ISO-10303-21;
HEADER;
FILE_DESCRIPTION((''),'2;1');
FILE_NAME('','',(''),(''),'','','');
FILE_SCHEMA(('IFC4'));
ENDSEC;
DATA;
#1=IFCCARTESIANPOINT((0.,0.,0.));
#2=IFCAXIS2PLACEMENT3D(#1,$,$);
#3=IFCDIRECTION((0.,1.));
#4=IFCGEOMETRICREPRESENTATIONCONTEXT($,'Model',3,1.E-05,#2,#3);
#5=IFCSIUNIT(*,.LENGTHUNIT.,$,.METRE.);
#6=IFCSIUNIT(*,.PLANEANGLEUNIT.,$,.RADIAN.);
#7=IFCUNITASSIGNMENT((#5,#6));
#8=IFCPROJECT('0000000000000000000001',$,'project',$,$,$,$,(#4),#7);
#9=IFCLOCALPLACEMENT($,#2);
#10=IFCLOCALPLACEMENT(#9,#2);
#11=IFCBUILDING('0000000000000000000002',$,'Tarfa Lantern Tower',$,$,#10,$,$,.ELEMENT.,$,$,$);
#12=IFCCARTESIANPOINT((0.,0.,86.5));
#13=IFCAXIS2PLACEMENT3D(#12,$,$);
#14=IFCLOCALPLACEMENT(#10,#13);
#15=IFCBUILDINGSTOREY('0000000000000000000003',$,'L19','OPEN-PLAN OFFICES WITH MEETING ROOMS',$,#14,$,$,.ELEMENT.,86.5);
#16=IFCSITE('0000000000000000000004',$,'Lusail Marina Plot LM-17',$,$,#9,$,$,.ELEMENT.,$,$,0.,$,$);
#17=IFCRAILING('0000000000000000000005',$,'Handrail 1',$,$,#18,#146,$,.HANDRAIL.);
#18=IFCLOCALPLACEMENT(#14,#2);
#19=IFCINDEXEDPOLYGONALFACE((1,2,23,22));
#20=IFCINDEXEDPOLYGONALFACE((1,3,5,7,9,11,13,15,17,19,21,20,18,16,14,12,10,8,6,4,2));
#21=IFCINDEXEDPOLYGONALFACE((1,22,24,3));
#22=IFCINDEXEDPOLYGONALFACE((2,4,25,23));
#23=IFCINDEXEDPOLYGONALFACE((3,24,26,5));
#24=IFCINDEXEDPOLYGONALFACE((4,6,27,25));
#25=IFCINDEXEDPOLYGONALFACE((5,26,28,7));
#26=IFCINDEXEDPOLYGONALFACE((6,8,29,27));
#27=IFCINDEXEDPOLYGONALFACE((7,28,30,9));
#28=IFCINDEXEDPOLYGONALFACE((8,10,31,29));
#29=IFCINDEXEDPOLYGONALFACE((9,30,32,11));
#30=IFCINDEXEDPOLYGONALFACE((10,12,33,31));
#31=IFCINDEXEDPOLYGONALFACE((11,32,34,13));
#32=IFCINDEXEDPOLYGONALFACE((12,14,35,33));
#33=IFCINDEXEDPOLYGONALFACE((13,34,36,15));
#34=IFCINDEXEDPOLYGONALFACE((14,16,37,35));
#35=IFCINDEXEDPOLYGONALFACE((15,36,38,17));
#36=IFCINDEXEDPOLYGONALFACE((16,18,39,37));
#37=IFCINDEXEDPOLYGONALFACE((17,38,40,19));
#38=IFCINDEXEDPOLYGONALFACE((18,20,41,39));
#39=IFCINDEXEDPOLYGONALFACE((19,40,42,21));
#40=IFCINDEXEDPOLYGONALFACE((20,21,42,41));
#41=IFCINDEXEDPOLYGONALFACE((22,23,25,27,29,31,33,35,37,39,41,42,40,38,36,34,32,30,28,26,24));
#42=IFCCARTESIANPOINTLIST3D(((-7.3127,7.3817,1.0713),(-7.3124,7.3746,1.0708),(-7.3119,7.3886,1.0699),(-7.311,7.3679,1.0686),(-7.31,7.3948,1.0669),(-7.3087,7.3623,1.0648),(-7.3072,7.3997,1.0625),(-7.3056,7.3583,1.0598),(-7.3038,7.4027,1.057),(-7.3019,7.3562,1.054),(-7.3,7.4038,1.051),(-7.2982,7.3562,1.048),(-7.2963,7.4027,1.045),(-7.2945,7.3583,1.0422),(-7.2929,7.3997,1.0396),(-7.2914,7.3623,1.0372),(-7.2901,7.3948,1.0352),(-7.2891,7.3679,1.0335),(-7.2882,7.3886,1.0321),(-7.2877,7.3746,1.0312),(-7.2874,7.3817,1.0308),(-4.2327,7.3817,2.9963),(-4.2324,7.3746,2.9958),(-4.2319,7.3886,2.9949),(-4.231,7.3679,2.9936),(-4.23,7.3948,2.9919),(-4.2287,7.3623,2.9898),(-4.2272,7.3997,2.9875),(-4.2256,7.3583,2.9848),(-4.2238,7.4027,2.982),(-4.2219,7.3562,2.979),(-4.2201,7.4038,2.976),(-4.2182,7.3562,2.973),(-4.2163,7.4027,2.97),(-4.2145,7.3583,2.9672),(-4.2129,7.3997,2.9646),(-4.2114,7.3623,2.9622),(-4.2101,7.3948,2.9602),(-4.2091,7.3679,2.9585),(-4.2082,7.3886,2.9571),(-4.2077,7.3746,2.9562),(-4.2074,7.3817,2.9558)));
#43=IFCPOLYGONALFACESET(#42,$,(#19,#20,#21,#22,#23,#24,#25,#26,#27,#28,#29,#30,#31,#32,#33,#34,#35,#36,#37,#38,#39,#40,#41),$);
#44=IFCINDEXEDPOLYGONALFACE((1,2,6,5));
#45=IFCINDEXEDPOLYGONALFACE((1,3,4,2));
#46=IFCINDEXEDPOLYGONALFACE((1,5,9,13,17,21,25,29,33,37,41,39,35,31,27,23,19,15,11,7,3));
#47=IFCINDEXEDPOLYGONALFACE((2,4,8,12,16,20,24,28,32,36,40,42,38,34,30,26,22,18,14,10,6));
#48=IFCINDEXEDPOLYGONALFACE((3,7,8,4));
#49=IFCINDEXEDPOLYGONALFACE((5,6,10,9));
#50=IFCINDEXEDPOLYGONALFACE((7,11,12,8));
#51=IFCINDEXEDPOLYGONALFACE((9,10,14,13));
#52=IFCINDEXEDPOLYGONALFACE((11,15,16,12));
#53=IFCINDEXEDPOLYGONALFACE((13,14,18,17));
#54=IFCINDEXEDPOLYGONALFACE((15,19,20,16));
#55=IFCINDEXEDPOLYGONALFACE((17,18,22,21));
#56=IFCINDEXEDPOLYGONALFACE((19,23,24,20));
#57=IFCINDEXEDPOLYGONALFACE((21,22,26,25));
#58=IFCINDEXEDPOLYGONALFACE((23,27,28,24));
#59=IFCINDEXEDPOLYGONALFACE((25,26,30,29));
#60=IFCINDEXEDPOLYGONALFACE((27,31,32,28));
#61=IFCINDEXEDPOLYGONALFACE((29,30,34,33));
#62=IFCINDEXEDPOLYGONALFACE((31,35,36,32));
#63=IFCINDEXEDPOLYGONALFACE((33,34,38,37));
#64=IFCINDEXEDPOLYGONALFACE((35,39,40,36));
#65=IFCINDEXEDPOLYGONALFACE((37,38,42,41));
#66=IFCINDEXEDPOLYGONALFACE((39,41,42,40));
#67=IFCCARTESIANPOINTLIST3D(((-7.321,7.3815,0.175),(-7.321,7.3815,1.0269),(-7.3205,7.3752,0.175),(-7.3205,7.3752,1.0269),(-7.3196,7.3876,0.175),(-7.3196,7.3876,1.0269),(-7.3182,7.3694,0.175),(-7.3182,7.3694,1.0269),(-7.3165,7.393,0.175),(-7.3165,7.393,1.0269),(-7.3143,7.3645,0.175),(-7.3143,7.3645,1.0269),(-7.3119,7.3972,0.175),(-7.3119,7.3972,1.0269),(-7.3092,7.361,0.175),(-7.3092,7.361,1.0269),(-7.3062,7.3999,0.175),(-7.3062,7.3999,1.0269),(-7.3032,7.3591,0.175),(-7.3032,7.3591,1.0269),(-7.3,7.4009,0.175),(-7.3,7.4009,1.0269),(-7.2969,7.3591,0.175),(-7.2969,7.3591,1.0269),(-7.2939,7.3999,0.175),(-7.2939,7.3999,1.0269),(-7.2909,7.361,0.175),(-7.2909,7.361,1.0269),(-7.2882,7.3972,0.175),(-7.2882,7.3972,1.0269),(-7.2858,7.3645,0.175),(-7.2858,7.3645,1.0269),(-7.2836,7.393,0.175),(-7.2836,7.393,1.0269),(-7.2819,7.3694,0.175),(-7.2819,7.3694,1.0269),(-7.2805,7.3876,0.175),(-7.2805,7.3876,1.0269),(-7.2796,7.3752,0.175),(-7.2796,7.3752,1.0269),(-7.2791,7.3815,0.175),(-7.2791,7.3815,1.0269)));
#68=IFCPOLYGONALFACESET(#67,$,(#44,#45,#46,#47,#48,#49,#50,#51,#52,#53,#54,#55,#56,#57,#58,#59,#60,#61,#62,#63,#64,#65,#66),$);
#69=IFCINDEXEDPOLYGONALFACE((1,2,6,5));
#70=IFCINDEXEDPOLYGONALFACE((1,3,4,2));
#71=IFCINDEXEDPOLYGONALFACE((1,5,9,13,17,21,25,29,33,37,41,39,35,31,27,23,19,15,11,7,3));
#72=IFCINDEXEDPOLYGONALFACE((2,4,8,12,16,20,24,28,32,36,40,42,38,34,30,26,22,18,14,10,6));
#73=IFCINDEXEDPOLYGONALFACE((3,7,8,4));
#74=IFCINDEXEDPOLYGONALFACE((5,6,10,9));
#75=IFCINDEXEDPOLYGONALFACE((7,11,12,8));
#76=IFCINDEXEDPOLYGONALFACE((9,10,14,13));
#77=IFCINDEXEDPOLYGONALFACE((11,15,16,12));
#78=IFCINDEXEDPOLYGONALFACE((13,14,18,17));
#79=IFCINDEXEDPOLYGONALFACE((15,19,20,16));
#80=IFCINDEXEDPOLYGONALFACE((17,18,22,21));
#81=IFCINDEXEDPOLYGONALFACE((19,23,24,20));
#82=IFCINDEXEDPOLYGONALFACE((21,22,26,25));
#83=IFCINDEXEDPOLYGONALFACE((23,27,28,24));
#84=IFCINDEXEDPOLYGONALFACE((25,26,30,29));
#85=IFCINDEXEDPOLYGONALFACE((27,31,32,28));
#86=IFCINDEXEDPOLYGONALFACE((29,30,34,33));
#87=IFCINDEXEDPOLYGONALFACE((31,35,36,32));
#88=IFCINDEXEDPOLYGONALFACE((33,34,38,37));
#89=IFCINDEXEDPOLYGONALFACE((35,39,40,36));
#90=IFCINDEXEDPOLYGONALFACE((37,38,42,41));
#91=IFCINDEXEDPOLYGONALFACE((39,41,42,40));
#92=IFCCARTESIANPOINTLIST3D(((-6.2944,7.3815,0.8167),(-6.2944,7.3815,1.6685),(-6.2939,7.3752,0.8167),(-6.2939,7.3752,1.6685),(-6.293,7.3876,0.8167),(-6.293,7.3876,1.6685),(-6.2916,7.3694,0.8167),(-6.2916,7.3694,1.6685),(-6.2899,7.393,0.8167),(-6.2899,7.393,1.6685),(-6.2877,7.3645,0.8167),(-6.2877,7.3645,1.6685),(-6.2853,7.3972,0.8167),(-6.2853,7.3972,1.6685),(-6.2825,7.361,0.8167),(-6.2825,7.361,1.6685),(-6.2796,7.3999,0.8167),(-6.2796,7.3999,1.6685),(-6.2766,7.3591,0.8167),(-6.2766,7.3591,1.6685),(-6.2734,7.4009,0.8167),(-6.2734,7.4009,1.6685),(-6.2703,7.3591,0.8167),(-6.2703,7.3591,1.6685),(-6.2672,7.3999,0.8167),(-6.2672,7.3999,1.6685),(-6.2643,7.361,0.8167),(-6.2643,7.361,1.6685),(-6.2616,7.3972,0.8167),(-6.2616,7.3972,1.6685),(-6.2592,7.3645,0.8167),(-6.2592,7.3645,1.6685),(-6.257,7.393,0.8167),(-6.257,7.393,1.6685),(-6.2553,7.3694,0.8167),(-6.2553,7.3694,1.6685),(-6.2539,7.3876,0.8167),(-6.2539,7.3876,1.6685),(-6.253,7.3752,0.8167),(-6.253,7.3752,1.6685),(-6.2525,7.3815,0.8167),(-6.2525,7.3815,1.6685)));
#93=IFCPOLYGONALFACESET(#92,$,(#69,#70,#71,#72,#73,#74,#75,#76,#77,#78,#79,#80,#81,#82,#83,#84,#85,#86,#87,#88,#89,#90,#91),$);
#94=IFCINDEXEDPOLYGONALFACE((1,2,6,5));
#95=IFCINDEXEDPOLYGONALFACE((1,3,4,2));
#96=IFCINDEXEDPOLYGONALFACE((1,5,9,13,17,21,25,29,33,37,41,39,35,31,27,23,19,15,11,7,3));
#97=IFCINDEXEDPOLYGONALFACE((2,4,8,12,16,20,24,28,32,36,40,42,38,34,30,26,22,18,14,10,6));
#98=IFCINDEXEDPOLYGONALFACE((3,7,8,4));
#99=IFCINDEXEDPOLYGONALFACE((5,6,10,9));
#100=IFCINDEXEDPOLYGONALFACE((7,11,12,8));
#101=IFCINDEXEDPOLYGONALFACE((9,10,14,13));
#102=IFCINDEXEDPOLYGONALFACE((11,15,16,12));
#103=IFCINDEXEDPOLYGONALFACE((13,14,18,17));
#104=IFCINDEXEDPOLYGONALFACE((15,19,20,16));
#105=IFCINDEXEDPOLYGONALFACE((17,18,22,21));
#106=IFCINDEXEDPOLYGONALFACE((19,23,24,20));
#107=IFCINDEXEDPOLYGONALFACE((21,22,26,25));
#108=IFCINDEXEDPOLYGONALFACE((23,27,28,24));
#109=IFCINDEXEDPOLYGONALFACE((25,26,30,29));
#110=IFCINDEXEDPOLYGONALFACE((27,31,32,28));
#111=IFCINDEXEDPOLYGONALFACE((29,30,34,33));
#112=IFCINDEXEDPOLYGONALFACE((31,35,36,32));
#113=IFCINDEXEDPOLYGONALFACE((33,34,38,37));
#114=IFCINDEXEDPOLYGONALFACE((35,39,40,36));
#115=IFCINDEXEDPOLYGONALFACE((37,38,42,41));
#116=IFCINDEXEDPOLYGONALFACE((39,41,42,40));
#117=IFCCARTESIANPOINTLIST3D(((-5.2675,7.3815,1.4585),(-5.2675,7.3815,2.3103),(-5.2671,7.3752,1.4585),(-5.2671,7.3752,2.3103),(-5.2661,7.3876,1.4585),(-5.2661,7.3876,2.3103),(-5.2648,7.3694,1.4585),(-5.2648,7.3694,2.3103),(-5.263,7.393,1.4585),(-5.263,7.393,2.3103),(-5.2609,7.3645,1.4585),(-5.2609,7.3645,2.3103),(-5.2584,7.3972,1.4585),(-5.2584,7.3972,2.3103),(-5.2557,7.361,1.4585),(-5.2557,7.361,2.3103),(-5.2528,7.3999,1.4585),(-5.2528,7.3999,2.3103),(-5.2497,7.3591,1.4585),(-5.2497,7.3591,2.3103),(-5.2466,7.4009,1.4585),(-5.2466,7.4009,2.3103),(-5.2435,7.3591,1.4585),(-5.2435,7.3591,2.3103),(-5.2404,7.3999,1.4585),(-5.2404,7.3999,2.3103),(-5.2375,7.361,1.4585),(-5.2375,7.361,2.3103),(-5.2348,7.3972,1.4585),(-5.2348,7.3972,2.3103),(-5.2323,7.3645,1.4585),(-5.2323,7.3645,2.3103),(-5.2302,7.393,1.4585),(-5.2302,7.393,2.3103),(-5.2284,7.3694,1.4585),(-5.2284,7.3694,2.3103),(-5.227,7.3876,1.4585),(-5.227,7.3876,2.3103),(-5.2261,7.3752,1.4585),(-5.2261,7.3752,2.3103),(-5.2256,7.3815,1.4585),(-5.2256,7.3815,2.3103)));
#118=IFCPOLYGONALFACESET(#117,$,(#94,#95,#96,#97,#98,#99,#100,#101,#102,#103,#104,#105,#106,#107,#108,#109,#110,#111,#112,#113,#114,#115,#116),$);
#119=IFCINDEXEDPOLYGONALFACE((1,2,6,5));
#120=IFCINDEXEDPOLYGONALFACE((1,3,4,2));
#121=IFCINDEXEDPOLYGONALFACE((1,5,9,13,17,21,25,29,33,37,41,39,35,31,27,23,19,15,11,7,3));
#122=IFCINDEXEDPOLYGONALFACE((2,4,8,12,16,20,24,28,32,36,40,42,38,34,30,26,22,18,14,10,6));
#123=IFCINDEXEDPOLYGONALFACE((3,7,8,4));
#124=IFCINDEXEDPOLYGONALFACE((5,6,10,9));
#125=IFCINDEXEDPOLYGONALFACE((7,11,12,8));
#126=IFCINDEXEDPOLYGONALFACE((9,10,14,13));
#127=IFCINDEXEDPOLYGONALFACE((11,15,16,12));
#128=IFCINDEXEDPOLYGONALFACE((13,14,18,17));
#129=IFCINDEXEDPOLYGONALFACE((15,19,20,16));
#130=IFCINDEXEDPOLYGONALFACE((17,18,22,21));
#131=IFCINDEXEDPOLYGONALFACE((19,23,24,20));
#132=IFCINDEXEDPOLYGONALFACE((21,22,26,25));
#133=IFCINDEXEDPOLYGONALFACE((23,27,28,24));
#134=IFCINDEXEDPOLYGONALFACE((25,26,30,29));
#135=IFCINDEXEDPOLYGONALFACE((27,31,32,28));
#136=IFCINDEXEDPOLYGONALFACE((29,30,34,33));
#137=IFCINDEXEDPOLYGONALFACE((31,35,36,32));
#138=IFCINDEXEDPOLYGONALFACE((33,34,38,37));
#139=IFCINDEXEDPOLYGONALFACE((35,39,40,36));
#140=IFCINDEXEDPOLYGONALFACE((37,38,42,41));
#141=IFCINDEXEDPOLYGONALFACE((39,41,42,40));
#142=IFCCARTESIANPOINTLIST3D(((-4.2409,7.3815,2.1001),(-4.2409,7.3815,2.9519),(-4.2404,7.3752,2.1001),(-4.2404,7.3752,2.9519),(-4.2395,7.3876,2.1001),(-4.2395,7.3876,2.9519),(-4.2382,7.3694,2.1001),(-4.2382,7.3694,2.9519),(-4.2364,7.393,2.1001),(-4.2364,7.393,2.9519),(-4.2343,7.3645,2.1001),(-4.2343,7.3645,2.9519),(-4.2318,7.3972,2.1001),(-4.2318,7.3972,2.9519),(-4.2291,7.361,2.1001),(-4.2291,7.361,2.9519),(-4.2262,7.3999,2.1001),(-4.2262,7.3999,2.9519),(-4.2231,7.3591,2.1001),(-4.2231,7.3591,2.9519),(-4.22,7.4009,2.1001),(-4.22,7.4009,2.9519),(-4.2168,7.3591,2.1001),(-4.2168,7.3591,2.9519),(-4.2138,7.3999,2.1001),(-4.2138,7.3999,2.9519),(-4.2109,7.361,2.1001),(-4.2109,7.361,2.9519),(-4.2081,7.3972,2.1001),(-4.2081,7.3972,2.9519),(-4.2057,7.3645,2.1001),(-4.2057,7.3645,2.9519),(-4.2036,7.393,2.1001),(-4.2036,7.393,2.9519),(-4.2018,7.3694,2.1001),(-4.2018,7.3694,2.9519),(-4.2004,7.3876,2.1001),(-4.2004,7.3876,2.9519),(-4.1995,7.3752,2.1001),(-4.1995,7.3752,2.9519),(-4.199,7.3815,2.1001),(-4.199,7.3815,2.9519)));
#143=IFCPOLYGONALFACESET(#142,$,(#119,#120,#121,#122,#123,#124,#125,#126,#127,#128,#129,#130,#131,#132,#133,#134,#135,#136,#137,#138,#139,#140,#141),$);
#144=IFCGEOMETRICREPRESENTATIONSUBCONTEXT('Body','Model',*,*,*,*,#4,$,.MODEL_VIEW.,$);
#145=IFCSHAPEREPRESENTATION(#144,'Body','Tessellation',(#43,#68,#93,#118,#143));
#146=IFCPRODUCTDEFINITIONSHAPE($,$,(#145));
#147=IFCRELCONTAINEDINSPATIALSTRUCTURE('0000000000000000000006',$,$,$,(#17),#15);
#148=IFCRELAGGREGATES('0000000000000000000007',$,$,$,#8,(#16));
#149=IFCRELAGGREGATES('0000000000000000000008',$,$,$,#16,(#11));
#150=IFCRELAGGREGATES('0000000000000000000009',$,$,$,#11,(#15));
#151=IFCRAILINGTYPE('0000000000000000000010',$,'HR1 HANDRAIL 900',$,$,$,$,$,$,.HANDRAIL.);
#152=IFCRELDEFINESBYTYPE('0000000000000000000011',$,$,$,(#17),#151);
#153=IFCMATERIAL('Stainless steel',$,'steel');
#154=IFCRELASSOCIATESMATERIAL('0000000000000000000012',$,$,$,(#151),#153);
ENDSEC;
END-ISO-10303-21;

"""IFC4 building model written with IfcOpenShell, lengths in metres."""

from ifc_helpers import new_model, si_unit, direction, frame, origin, origin_2d, place, context, subcontext, project, spatial, circle, extrude, material, type_object, element, save


model = new_model("IFC4")

# Units and contexts
model_context = context("Model", 3, precision=1e-05, world=origin(), true_north=direction((0.0, 1.0)))
body_context = subcontext(model_context, "Body", "Model", "MODEL_VIEW")
ifc_project = project(units=[si_unit("LENGTHUNIT", "METRE"), si_unit("PLANEANGLEUNIT", "RADIAN")], contexts=[model_context])

# Site, building, storey
site_placement = place(None, origin())
site = spatial("IfcSite", under=ifc_project, at=site_placement, Name="Lusail Marina Plot LM-17", CompositionType="ELEMENT", RefElevation=0.0)
building_placement = place(site_placement, origin())
building = spatial("IfcBuilding", under=site, at=building_placement, Name="Tarfa Lantern Tower", CompositionType="ELEMENT")
storey_placement = place(building_placement, frame((0.0, 0.0, 86.5)))
storey = spatial("IfcBuildingStorey", under=building, at=storey_placement, Name="L19", Description="OPEN-PLAN OFFICES WITH MEETING ROOMS", CompositionType="ELEMENT", Elevation=86.5)

# Railing
ifc_material_1 = material(Name="Stainless steel", Category="steel")
railing_type = type_object("IfcRailingType", Name="HR1 HANDRAIL 900", PredefinedType="HANDRAIL", material=ifc_material_1)
railing_1_placement = place(storey_placement, frame((-7.3, 7.3799, 0.175)))
element("IfcRailing", 1, at=railing_1_placement, inside=storey, type_object=railing_type, Name="Handrail 1", PredefinedType="HANDRAIL", context=body_context, shape_type="SweptSolid", body=[
    extrude(circle(Radius=0.0239, at=origin_2d()), frame((0.0, 0.0, 0.876), z_axis=(0.847998, 0.0, 0.529999), x_axis=(0.0, 1.0, 0.0)), (0.0, 0.0, 1.0), 3.6321),
    extrude(circle(Radius=0.021, at=origin_2d()), frame((0.0, 0.0, 0.0), z_axis=(0.0, 0.0, 1.0), x_axis=(0.0, 1.0, 0.0)), (0.0, 0.0, 1.0), 0.8518),
    extrude(circle(Radius=0.021, at=origin_2d()), frame((1.0266, 0.0, 0.6416), z_axis=(0.0, 0.0, 1.0), x_axis=(0.0, 1.0, 0.0)), (0.0, 0.0, 1.0), 0.8518),
    extrude(circle(Radius=0.021, at=origin_2d()), frame((2.0535, 0.0, 1.2834), z_axis=(0.0, 0.0, 1.0), x_axis=(0.0, 1.0, 0.0)), (0.0, 0.0, 1.0), 0.8518),
    extrude(circle(Radius=0.021, at=origin_2d()), frame((3.0801, 0.0, 1.925), z_axis=(0.0, 0.0, 1.0), x_axis=(0.0, 1.0, 0.0)), (0.0, 0.0, 1.0), 0.8518),
])

save(model, "model.ifc")
